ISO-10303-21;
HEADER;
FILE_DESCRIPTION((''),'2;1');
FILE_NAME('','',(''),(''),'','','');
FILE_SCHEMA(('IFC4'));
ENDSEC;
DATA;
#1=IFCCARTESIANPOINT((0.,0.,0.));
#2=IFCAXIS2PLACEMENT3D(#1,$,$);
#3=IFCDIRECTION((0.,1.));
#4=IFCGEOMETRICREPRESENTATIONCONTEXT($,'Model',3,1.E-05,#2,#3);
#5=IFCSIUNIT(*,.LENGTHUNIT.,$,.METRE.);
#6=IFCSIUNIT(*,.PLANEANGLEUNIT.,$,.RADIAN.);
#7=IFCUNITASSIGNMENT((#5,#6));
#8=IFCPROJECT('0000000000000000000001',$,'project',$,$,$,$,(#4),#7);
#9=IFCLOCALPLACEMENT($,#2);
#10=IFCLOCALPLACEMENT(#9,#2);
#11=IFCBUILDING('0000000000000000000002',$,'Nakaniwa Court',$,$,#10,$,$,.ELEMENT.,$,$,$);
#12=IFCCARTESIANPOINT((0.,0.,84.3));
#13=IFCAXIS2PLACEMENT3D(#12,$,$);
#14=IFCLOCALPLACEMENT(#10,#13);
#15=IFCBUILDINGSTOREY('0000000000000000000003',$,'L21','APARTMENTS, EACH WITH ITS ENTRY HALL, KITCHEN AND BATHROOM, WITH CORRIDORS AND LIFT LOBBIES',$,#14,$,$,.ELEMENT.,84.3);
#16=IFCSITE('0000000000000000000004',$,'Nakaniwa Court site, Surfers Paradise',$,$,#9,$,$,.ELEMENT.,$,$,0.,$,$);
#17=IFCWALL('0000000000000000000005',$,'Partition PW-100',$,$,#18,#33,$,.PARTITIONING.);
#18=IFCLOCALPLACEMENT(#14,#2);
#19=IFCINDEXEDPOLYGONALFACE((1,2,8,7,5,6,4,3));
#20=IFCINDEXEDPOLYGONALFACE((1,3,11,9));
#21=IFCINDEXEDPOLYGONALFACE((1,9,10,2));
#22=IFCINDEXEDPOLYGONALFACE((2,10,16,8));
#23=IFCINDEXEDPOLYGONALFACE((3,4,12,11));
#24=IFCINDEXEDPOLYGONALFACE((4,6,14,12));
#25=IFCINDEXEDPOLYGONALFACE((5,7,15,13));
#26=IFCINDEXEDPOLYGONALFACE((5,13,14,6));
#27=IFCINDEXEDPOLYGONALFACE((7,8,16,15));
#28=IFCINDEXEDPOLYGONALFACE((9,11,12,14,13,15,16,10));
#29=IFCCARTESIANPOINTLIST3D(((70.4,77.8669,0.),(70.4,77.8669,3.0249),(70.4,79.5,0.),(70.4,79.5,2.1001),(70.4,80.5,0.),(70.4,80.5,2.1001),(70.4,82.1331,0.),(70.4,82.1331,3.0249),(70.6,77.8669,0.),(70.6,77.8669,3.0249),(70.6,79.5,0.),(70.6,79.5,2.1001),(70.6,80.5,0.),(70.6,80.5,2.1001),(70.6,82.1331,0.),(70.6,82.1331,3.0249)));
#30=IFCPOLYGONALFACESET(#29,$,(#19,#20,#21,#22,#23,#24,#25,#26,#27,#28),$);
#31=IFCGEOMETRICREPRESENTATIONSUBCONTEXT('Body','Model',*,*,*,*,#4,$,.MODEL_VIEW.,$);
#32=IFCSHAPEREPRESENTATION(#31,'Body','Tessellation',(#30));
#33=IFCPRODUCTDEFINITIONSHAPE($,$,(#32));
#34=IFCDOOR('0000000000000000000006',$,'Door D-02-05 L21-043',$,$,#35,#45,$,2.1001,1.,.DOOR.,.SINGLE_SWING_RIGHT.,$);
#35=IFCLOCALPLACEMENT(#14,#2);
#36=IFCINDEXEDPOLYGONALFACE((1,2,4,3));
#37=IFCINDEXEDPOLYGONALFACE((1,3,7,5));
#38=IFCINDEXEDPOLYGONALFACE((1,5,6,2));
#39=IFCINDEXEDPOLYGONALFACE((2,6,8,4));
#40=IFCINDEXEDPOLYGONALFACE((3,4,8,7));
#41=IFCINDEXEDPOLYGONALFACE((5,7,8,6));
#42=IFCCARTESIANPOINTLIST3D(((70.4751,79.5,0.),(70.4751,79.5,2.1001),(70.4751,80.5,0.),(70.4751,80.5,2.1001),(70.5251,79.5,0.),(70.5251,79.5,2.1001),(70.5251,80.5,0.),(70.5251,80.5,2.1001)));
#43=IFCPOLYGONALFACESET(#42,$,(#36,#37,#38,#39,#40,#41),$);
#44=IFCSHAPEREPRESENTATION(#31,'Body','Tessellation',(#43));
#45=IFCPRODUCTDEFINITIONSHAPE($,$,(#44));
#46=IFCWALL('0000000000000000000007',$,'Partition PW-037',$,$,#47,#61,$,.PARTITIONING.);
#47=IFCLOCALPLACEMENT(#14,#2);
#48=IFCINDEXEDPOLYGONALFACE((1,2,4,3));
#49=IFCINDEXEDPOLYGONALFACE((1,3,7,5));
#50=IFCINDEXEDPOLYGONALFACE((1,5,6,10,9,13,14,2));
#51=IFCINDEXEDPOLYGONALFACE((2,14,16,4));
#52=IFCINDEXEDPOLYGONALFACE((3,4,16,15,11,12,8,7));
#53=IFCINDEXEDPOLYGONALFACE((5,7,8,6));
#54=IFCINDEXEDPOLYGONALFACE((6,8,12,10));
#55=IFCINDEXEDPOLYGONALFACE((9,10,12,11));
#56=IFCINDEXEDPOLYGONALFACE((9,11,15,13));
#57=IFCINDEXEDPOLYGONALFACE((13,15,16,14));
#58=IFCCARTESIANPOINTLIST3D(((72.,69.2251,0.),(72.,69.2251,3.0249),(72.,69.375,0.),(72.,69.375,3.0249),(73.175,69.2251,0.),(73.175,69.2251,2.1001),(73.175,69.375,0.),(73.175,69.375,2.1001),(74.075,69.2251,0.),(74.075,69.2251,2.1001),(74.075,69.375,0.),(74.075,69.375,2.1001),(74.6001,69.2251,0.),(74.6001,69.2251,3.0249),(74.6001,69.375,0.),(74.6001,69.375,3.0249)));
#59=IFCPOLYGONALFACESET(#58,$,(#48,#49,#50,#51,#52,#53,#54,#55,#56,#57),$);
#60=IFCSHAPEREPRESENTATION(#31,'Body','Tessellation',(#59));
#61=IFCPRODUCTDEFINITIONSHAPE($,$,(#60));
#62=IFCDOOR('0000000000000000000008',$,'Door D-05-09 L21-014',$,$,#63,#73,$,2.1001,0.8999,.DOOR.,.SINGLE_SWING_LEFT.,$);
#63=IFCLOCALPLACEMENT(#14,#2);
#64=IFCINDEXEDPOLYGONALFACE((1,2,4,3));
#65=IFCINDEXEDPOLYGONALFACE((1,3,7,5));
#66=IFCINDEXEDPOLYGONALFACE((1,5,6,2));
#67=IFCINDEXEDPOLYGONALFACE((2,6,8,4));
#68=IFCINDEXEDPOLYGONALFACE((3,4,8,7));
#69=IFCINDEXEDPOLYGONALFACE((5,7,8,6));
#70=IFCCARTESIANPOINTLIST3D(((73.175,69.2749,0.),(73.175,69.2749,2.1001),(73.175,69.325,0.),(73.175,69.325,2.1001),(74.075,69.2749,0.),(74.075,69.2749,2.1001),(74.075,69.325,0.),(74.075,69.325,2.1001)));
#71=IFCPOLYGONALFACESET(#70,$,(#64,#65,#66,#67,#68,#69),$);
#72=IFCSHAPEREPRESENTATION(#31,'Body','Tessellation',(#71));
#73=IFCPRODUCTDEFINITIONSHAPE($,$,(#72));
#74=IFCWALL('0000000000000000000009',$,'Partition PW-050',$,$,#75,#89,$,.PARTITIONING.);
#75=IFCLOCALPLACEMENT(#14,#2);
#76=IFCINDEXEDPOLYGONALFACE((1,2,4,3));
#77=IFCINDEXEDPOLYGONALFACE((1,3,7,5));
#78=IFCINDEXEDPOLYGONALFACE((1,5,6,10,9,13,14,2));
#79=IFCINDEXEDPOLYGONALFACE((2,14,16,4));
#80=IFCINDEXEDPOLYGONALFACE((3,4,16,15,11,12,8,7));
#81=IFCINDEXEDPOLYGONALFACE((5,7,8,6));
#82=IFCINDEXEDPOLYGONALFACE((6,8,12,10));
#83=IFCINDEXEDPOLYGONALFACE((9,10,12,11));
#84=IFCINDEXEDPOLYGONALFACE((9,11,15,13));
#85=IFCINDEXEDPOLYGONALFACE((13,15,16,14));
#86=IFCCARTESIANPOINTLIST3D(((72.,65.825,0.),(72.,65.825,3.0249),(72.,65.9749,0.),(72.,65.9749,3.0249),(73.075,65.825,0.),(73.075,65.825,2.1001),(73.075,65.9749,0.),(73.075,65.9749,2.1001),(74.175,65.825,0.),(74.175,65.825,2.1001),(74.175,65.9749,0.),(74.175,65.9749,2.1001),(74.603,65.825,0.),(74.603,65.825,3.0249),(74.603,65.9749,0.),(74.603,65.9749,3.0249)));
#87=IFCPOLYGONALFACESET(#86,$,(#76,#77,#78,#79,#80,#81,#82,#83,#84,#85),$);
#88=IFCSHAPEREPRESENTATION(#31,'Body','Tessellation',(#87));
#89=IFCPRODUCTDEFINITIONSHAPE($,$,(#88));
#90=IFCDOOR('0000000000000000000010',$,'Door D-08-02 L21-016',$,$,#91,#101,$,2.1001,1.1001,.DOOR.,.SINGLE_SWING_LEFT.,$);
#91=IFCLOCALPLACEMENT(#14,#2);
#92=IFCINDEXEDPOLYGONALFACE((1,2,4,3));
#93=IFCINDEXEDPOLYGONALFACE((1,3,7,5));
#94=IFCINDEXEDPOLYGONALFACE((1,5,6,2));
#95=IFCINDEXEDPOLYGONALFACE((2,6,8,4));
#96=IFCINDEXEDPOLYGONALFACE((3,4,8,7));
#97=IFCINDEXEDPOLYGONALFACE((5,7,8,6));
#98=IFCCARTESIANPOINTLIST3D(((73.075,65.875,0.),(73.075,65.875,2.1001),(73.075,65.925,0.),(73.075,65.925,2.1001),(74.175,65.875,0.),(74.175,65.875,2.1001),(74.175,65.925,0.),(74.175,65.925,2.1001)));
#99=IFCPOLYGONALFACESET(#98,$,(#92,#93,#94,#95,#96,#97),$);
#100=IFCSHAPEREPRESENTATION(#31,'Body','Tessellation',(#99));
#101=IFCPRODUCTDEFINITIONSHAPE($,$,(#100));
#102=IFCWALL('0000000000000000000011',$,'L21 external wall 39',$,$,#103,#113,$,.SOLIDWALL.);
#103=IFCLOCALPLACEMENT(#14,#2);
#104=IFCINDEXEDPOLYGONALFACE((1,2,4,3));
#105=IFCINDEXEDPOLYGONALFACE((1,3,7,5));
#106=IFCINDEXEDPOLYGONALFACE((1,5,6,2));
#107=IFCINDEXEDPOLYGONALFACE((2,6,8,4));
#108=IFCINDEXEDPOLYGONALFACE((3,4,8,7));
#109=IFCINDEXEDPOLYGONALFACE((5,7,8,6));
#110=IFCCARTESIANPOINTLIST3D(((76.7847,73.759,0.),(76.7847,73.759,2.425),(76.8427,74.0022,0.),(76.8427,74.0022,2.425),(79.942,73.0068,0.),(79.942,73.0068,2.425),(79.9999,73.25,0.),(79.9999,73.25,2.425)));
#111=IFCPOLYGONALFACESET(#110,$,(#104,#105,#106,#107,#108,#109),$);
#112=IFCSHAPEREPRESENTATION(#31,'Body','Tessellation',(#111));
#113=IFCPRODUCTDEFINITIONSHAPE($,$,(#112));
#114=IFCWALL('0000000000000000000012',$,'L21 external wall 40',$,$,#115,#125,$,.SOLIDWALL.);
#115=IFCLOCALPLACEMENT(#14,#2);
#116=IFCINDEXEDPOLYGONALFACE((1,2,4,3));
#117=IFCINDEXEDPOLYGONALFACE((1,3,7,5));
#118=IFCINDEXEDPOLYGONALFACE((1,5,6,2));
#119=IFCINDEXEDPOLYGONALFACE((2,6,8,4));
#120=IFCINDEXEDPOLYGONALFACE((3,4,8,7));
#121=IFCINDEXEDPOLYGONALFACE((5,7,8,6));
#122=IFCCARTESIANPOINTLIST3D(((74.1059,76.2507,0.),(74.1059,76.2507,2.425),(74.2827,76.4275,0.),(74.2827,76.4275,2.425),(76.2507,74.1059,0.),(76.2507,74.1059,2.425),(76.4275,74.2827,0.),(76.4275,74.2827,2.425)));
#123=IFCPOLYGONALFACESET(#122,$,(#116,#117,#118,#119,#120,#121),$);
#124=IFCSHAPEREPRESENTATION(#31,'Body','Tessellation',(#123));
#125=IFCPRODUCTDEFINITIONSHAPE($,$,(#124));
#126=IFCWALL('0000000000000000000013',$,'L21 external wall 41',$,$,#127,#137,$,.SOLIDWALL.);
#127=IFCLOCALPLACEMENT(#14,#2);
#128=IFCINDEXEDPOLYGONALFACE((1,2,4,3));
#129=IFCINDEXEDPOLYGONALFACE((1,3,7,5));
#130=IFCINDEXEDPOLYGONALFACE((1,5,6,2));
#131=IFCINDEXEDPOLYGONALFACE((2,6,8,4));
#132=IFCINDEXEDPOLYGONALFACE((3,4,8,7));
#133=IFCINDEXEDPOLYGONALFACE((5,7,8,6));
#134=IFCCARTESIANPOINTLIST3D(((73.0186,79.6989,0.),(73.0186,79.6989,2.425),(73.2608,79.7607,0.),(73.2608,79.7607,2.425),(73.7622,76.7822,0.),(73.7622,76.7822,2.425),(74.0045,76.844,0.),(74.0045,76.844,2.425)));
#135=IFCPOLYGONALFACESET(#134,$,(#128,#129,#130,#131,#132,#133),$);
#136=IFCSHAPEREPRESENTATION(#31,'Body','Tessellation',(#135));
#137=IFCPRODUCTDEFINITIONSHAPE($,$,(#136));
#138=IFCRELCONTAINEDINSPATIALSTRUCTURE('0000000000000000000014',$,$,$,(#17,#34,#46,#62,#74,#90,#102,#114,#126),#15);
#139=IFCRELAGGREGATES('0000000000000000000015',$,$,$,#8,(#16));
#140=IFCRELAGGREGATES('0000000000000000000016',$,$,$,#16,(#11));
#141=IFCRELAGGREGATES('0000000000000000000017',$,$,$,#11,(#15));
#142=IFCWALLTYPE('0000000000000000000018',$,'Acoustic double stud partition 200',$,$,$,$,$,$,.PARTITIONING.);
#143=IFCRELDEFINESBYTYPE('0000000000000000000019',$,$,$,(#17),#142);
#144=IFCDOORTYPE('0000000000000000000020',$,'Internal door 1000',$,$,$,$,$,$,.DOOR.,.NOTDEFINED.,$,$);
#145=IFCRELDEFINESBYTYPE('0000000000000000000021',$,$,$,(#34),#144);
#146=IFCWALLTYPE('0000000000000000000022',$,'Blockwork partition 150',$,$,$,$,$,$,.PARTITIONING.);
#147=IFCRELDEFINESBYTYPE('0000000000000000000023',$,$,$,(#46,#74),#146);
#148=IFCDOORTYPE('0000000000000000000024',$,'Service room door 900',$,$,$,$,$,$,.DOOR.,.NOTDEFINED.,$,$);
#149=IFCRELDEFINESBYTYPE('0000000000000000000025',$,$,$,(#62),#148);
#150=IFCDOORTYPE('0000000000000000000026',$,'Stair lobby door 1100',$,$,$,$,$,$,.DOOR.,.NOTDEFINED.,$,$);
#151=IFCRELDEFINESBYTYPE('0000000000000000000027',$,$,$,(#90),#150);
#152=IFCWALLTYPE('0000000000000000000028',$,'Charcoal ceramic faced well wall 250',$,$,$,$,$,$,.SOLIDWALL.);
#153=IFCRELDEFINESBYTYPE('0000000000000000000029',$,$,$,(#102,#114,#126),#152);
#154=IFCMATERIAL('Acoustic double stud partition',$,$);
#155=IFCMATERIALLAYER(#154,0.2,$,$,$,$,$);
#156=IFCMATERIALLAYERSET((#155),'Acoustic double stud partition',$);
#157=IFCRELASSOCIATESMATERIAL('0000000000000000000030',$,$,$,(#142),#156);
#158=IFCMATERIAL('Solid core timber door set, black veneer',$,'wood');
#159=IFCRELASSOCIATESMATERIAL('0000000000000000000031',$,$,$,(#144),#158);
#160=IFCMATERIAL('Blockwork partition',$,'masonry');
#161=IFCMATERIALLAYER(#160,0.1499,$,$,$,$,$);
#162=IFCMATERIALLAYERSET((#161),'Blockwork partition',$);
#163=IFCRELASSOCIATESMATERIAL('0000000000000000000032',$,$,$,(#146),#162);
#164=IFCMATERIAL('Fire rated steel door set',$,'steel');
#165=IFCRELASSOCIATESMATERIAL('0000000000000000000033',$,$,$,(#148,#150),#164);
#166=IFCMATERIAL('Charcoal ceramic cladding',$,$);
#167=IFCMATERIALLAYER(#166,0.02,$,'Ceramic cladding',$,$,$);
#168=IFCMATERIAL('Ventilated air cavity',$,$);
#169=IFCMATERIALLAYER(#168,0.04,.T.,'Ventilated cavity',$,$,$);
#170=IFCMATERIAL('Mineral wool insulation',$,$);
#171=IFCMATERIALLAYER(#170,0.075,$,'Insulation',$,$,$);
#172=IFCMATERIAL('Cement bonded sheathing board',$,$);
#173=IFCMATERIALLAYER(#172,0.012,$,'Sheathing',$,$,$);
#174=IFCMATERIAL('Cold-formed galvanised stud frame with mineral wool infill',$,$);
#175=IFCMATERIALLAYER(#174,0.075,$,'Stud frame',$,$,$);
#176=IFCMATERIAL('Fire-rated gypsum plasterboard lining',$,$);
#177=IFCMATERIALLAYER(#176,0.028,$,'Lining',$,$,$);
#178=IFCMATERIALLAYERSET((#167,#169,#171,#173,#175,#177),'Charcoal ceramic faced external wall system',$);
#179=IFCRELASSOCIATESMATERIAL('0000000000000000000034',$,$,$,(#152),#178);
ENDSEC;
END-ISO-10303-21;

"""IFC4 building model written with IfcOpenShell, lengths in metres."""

from ifc_helpers import new_model, si_unit, direction, frame, frame_2d, origin, place, context, subcontext, project, spatial, rectangle, extrude, material, layer, layer_set, type_object, element, fill, save


model = new_model("IFC4")

# Units and contexts
model_context = context("Model", 3, precision=1e-05, world=origin(), true_north=direction((0.0, 1.0)))
body_context = subcontext(model_context, "Body", "Model", "MODEL_VIEW")
ifc_project = project(units=[si_unit("LENGTHUNIT", "METRE"), si_unit("PLANEANGLEUNIT", "RADIAN")], contexts=[model_context])

# Site, building, storey
site_placement = place(None, origin())
site = spatial("IfcSite", under=ifc_project, at=site_placement, Name="Nakaniwa Court site, Surfers Paradise", CompositionType="ELEMENT", RefElevation=0.0)
building_placement = place(site_placement, origin())
building = spatial("IfcBuilding", under=site, at=building_placement, Name="Nakaniwa Court", CompositionType="ELEMENT")
storey_placement = place(building_placement, frame((0.0, 0.0, 84.3)))
storey = spatial("IfcBuildingStorey", under=building, at=storey_placement, Name="L21", Description="APARTMENTS, EACH WITH ITS ENTRY HALL, KITCHEN AND BATHROOM, WITH CORRIDORS AND LIFT LOBBIES", CompositionType="ELEMENT", Elevation=84.3)

# Shared definitions
ifc_material_1 = material(Name="Acoustic double stud partition")
ifc_layer_1 = layer(ifc_material_1, 0.2)
ifc_layer_set_1 = layer_set([ifc_layer_1], Name="Acoustic double stud partition")
wall_type_1 = type_object("IfcWallType", Name="Acoustic double stud partition 200", PredefinedType="PARTITIONING", material=ifc_layer_set_1)

# Shared definitions
ifc_material_2 = material(Name="Solid core timber door set, black veneer", Category="wood")
door_type_1 = type_object("IfcDoorType", Name="Internal door 1000", OperationType="NOTDEFINED", PredefinedType="DOOR", material=ifc_material_2)

# Walls, openings, doors
wall_1_placement = place(storey_placement, frame((70.5, 77.8669, 0.0), z_axis=(0.0, 0.0, 1.0), x_axis=(0.0, 1.0, 0.0)))
wall_1 = element("IfcWall", 1, at=wall_1_placement, inside=storey, type_object=wall_type_1, Name="Partition PW-100", PredefinedType="PARTITIONING", context=body_context, shape_type="SweptSolid", body=[
    extrude(rectangle(XDim=4.2661, YDim=0.2, at=frame_2d((2.1331, 0.0))), origin(), (0.0, 0.0, 1.0), 3.0249),
])
opening_1_placement = place(wall_1_placement, frame((1.6331, 0.0, 0.0)))
opening_1 = element("IfcOpeningElement", 2, at=opening_1_placement, cuts=wall_1, PredefinedType="OPENING", context=body_context, shape_type="SweptSolid", body=[
    extrude(rectangle(XDim=1.0, YDim=2.1001, at=frame_2d((0.5, 1.05))), frame((0.0, 0.1099, 0.0), z_axis=(0.0, -1.0, 0.0), x_axis=(1.0, 0.0, 0.0)), (0.0, 0.0, 1.0), 0.22),
])
door_1_placement = place(opening_1_placement, origin())
door_1 = element("IfcDoor", 3, at=door_1_placement, inside=storey, type_object=door_type_1, Name="Door D-02-05 L21-043", OperationType="SINGLE_SWING_RIGHT", OverallHeight=2.1001, OverallWidth=1.0, PredefinedType="DOOR", context=body_context, shape_type="SweptSolid", body=[
    extrude(rectangle(XDim=1.0, YDim=2.1001, at=frame_2d((0.5, 1.05))), frame((0.0, 0.0249, 0.0), z_axis=(0.0, -1.0, 0.0), x_axis=(1.0, 0.0, 0.0)), (0.0, 0.0, 1.0), 0.05),
])
fill(opening_1, door_1)
ifc_material_3 = material(Name="Blockwork partition", Category="masonry")
ifc_layer_2 = layer(ifc_material_3, 0.1499)
ifc_layer_set_2 = layer_set([ifc_layer_2], Name="Blockwork partition")
wall_type_2 = type_object("IfcWallType", Name="Blockwork partition 150", PredefinedType="PARTITIONING", material=ifc_layer_set_2)
wall_2_placement = place(storey_placement, frame((72.0, 69.3, 0.0), z_axis=(0.0, 0.0, 1.0), x_axis=(1.0, 0.0, 0.0)))
wall_2 = element("IfcWall", 4, at=wall_2_placement, inside=storey, type_object=wall_type_2, Name="Partition PW-037", PredefinedType="PARTITIONING", context=body_context, shape_type="SweptSolid", body=[
    extrude(rectangle(XDim=2.6001, YDim=0.1499, at=frame_2d((1.3, 0.0))), origin(), (0.0, 0.0, 1.0), 3.0249),
])
opening_2_placement = place(wall_2_placement, frame((1.175, 0.0, 0.0)))
opening_2 = element("IfcOpeningElement", 5, at=opening_2_placement, cuts=wall_2, PredefinedType="OPENING", context=body_context, shape_type="SweptSolid", body=[
    extrude(rectangle(XDim=0.8999, YDim=2.1001, at=frame_2d((0.45, 1.05))), frame((0.0, 0.085, 0.0), z_axis=(0.0, -1.0, 0.0), x_axis=(1.0, 0.0, 0.0)), (0.0, 0.0, 1.0), 0.1699),
])
ifc_material_4 = material(Name="Fire rated steel door set", Category="steel")
door_type_2 = type_object("IfcDoorType", Name="Service room door 900", OperationType="NOTDEFINED", PredefinedType="DOOR", material=ifc_material_4)
door_2_placement = place(opening_2_placement, origin())
door_2 = element("IfcDoor", 6, at=door_2_placement, inside=storey, type_object=door_type_2, Name="Door D-05-09 L21-014", OperationType="SINGLE_SWING_LEFT", OverallHeight=2.1001, OverallWidth=0.8999, PredefinedType="DOOR", context=body_context, shape_type="SweptSolid", body=[
    extrude(rectangle(XDim=0.8999, YDim=2.1001, at=frame_2d((0.45, 1.05))), frame((0.0, 0.0249, 0.0), z_axis=(0.0, -1.0, 0.0), x_axis=(1.0, 0.0, 0.0)), (0.0, 0.0, 1.0), 0.05),
])
fill(opening_2, door_2)
wall_3_placement = place(storey_placement, frame((74.603, 65.8999, 0.0), z_axis=(0.0, 0.0, 1.0), x_axis=(-1.0, 0.0, 0.0)))
wall_3 = element("IfcWall", 7, at=wall_3_placement, inside=storey, type_object=wall_type_2, Name="Partition PW-050", PredefinedType="PARTITIONING", context=body_context, shape_type="SweptSolid", body=[
    extrude(rectangle(XDim=2.603, YDim=0.1499, at=frame_2d((1.3015, 0.0))), origin(), (0.0, 0.0, 1.0), 3.0249),
])
opening_3_placement = place(wall_3_placement, frame((0.428, 0.0, 0.0)))
opening_3 = element("IfcOpeningElement", 8, at=opening_3_placement, cuts=wall_3, PredefinedType="OPENING", context=body_context, shape_type="SweptSolid", body=[
    extrude(rectangle(XDim=1.1001, YDim=2.1001, at=frame_2d((0.55, 1.05))), frame((0.0, 0.085, 0.0), z_axis=(0.0, -1.0, 0.0), x_axis=(1.0, 0.0, 0.0)), (0.0, 0.0, 1.0), 0.1699),
])
door_type_3 = type_object("IfcDoorType", Name="Stair lobby door 1100", OperationType="NOTDEFINED", PredefinedType="DOOR", material=ifc_material_4)
door_3_placement = place(opening_3_placement, origin())
door_3 = element("IfcDoor", 9, at=door_3_placement, inside=storey, type_object=door_type_3, Name="Door D-08-02 L21-016", OperationType="SINGLE_SWING_LEFT", OverallHeight=2.1001, OverallWidth=1.1001, PredefinedType="DOOR", context=body_context, shape_type="SweptSolid", body=[
    extrude(rectangle(XDim=1.1001, YDim=2.1001, at=frame_2d((0.55, 1.05))), frame((0.0, 0.0249, 0.0), z_axis=(0.0, -1.0, 0.0), x_axis=(1.0, 0.0, 0.0)), (0.0, 0.0, 1.0), 0.05),
])
fill(opening_3, door_3)

# Walls
ifc_material_5 = material(Name="Charcoal ceramic cladding")
ifc_layer_3 = layer(ifc_material_5, 0.02, Name="Ceramic cladding")
ifc_material_6 = material(Name="Ventilated air cavity")
ifc_layer_4 = layer(ifc_material_6, 0.04, ventilated=True, Name="Ventilated cavity")
ifc_material_7 = material(Name="Mineral wool insulation")
ifc_layer_5 = layer(ifc_material_7, 0.075, Name="Insulation")
ifc_material_8 = material(Name="Cement bonded sheathing board")
ifc_layer_6 = layer(ifc_material_8, 0.012, Name="Sheathing")
ifc_material_9 = material(Name="Cold-formed galvanised stud frame with mineral wool infill")
ifc_layer_7 = layer(ifc_material_9, 0.075, Name="Stud frame")
ifc_material_10 = material(Name="Fire-rated gypsum plasterboard lining")
ifc_layer_8 = layer(ifc_material_10, 0.028, Name="Lining")
ifc_layer_set_3 = layer_set([ifc_layer_3, ifc_layer_4, ifc_layer_5, ifc_layer_6, ifc_layer_7, ifc_layer_8], Name="Charcoal ceramic faced external wall system")
wall_type_3 = type_object("IfcWallType", Name="Charcoal ceramic faced well wall 250", PredefinedType="SOLIDWALL", material=ifc_layer_set_3)
wall_4_placement = place(storey_placement, frame((79.9709, 73.1284, 0.0), z_axis=(0.0, 0.0, 1.0), x_axis=(-0.972773, 0.23176, 0.0)))
element("IfcWall", 10, at=wall_4_placement, inside=storey, type_object=wall_type_3, Name="L21 external wall 39", PredefinedType="SOLIDWALL", context=body_context, shape_type="SweptSolid", body=[
    extrude(rectangle(XDim=3.2456, YDim=0.25, at=frame_2d((1.6228, 0.0))), origin(), (0.0, 0.0, 1.0), 2.425),
])
wall_5_placement = place(storey_placement, frame((76.3391, 74.1943, 0.0), z_axis=(0.0, 0.0, 1.0), x_axis=(-0.707107, 0.707107, 0.0)))
element("IfcWall", 11, at=wall_5_placement, inside=storey, type_object=wall_type_3, Name="L21 external wall 40", PredefinedType="SOLIDWALL", context=body_context, shape_type="SweptSolid", body=[
    extrude(rectangle(XDim=3.0332, YDim=0.25, at=frame_2d((1.5166, 0.0))), origin(), (0.0, 0.0, 1.0), 2.425),
])
wall_6_placement = place(storey_placement, frame((73.8833, 76.8132, 0.0), z_axis=(0.0, 0.0, 1.0), x_axis=(-0.247056, 0.969001, 0.0)))
element("IfcWall", 12, at=wall_6_placement, inside=storey, type_object=wall_type_3, Name="L21 external wall 41", PredefinedType="SOLIDWALL", context=body_context, shape_type="SweptSolid", body=[
    extrude(rectangle(XDim=3.01, YDim=0.25, at=frame_2d((1.5049, 0.0))), origin(), (0.0, 0.0, 1.0), 2.425),
])

save(model, "model.ifc")
